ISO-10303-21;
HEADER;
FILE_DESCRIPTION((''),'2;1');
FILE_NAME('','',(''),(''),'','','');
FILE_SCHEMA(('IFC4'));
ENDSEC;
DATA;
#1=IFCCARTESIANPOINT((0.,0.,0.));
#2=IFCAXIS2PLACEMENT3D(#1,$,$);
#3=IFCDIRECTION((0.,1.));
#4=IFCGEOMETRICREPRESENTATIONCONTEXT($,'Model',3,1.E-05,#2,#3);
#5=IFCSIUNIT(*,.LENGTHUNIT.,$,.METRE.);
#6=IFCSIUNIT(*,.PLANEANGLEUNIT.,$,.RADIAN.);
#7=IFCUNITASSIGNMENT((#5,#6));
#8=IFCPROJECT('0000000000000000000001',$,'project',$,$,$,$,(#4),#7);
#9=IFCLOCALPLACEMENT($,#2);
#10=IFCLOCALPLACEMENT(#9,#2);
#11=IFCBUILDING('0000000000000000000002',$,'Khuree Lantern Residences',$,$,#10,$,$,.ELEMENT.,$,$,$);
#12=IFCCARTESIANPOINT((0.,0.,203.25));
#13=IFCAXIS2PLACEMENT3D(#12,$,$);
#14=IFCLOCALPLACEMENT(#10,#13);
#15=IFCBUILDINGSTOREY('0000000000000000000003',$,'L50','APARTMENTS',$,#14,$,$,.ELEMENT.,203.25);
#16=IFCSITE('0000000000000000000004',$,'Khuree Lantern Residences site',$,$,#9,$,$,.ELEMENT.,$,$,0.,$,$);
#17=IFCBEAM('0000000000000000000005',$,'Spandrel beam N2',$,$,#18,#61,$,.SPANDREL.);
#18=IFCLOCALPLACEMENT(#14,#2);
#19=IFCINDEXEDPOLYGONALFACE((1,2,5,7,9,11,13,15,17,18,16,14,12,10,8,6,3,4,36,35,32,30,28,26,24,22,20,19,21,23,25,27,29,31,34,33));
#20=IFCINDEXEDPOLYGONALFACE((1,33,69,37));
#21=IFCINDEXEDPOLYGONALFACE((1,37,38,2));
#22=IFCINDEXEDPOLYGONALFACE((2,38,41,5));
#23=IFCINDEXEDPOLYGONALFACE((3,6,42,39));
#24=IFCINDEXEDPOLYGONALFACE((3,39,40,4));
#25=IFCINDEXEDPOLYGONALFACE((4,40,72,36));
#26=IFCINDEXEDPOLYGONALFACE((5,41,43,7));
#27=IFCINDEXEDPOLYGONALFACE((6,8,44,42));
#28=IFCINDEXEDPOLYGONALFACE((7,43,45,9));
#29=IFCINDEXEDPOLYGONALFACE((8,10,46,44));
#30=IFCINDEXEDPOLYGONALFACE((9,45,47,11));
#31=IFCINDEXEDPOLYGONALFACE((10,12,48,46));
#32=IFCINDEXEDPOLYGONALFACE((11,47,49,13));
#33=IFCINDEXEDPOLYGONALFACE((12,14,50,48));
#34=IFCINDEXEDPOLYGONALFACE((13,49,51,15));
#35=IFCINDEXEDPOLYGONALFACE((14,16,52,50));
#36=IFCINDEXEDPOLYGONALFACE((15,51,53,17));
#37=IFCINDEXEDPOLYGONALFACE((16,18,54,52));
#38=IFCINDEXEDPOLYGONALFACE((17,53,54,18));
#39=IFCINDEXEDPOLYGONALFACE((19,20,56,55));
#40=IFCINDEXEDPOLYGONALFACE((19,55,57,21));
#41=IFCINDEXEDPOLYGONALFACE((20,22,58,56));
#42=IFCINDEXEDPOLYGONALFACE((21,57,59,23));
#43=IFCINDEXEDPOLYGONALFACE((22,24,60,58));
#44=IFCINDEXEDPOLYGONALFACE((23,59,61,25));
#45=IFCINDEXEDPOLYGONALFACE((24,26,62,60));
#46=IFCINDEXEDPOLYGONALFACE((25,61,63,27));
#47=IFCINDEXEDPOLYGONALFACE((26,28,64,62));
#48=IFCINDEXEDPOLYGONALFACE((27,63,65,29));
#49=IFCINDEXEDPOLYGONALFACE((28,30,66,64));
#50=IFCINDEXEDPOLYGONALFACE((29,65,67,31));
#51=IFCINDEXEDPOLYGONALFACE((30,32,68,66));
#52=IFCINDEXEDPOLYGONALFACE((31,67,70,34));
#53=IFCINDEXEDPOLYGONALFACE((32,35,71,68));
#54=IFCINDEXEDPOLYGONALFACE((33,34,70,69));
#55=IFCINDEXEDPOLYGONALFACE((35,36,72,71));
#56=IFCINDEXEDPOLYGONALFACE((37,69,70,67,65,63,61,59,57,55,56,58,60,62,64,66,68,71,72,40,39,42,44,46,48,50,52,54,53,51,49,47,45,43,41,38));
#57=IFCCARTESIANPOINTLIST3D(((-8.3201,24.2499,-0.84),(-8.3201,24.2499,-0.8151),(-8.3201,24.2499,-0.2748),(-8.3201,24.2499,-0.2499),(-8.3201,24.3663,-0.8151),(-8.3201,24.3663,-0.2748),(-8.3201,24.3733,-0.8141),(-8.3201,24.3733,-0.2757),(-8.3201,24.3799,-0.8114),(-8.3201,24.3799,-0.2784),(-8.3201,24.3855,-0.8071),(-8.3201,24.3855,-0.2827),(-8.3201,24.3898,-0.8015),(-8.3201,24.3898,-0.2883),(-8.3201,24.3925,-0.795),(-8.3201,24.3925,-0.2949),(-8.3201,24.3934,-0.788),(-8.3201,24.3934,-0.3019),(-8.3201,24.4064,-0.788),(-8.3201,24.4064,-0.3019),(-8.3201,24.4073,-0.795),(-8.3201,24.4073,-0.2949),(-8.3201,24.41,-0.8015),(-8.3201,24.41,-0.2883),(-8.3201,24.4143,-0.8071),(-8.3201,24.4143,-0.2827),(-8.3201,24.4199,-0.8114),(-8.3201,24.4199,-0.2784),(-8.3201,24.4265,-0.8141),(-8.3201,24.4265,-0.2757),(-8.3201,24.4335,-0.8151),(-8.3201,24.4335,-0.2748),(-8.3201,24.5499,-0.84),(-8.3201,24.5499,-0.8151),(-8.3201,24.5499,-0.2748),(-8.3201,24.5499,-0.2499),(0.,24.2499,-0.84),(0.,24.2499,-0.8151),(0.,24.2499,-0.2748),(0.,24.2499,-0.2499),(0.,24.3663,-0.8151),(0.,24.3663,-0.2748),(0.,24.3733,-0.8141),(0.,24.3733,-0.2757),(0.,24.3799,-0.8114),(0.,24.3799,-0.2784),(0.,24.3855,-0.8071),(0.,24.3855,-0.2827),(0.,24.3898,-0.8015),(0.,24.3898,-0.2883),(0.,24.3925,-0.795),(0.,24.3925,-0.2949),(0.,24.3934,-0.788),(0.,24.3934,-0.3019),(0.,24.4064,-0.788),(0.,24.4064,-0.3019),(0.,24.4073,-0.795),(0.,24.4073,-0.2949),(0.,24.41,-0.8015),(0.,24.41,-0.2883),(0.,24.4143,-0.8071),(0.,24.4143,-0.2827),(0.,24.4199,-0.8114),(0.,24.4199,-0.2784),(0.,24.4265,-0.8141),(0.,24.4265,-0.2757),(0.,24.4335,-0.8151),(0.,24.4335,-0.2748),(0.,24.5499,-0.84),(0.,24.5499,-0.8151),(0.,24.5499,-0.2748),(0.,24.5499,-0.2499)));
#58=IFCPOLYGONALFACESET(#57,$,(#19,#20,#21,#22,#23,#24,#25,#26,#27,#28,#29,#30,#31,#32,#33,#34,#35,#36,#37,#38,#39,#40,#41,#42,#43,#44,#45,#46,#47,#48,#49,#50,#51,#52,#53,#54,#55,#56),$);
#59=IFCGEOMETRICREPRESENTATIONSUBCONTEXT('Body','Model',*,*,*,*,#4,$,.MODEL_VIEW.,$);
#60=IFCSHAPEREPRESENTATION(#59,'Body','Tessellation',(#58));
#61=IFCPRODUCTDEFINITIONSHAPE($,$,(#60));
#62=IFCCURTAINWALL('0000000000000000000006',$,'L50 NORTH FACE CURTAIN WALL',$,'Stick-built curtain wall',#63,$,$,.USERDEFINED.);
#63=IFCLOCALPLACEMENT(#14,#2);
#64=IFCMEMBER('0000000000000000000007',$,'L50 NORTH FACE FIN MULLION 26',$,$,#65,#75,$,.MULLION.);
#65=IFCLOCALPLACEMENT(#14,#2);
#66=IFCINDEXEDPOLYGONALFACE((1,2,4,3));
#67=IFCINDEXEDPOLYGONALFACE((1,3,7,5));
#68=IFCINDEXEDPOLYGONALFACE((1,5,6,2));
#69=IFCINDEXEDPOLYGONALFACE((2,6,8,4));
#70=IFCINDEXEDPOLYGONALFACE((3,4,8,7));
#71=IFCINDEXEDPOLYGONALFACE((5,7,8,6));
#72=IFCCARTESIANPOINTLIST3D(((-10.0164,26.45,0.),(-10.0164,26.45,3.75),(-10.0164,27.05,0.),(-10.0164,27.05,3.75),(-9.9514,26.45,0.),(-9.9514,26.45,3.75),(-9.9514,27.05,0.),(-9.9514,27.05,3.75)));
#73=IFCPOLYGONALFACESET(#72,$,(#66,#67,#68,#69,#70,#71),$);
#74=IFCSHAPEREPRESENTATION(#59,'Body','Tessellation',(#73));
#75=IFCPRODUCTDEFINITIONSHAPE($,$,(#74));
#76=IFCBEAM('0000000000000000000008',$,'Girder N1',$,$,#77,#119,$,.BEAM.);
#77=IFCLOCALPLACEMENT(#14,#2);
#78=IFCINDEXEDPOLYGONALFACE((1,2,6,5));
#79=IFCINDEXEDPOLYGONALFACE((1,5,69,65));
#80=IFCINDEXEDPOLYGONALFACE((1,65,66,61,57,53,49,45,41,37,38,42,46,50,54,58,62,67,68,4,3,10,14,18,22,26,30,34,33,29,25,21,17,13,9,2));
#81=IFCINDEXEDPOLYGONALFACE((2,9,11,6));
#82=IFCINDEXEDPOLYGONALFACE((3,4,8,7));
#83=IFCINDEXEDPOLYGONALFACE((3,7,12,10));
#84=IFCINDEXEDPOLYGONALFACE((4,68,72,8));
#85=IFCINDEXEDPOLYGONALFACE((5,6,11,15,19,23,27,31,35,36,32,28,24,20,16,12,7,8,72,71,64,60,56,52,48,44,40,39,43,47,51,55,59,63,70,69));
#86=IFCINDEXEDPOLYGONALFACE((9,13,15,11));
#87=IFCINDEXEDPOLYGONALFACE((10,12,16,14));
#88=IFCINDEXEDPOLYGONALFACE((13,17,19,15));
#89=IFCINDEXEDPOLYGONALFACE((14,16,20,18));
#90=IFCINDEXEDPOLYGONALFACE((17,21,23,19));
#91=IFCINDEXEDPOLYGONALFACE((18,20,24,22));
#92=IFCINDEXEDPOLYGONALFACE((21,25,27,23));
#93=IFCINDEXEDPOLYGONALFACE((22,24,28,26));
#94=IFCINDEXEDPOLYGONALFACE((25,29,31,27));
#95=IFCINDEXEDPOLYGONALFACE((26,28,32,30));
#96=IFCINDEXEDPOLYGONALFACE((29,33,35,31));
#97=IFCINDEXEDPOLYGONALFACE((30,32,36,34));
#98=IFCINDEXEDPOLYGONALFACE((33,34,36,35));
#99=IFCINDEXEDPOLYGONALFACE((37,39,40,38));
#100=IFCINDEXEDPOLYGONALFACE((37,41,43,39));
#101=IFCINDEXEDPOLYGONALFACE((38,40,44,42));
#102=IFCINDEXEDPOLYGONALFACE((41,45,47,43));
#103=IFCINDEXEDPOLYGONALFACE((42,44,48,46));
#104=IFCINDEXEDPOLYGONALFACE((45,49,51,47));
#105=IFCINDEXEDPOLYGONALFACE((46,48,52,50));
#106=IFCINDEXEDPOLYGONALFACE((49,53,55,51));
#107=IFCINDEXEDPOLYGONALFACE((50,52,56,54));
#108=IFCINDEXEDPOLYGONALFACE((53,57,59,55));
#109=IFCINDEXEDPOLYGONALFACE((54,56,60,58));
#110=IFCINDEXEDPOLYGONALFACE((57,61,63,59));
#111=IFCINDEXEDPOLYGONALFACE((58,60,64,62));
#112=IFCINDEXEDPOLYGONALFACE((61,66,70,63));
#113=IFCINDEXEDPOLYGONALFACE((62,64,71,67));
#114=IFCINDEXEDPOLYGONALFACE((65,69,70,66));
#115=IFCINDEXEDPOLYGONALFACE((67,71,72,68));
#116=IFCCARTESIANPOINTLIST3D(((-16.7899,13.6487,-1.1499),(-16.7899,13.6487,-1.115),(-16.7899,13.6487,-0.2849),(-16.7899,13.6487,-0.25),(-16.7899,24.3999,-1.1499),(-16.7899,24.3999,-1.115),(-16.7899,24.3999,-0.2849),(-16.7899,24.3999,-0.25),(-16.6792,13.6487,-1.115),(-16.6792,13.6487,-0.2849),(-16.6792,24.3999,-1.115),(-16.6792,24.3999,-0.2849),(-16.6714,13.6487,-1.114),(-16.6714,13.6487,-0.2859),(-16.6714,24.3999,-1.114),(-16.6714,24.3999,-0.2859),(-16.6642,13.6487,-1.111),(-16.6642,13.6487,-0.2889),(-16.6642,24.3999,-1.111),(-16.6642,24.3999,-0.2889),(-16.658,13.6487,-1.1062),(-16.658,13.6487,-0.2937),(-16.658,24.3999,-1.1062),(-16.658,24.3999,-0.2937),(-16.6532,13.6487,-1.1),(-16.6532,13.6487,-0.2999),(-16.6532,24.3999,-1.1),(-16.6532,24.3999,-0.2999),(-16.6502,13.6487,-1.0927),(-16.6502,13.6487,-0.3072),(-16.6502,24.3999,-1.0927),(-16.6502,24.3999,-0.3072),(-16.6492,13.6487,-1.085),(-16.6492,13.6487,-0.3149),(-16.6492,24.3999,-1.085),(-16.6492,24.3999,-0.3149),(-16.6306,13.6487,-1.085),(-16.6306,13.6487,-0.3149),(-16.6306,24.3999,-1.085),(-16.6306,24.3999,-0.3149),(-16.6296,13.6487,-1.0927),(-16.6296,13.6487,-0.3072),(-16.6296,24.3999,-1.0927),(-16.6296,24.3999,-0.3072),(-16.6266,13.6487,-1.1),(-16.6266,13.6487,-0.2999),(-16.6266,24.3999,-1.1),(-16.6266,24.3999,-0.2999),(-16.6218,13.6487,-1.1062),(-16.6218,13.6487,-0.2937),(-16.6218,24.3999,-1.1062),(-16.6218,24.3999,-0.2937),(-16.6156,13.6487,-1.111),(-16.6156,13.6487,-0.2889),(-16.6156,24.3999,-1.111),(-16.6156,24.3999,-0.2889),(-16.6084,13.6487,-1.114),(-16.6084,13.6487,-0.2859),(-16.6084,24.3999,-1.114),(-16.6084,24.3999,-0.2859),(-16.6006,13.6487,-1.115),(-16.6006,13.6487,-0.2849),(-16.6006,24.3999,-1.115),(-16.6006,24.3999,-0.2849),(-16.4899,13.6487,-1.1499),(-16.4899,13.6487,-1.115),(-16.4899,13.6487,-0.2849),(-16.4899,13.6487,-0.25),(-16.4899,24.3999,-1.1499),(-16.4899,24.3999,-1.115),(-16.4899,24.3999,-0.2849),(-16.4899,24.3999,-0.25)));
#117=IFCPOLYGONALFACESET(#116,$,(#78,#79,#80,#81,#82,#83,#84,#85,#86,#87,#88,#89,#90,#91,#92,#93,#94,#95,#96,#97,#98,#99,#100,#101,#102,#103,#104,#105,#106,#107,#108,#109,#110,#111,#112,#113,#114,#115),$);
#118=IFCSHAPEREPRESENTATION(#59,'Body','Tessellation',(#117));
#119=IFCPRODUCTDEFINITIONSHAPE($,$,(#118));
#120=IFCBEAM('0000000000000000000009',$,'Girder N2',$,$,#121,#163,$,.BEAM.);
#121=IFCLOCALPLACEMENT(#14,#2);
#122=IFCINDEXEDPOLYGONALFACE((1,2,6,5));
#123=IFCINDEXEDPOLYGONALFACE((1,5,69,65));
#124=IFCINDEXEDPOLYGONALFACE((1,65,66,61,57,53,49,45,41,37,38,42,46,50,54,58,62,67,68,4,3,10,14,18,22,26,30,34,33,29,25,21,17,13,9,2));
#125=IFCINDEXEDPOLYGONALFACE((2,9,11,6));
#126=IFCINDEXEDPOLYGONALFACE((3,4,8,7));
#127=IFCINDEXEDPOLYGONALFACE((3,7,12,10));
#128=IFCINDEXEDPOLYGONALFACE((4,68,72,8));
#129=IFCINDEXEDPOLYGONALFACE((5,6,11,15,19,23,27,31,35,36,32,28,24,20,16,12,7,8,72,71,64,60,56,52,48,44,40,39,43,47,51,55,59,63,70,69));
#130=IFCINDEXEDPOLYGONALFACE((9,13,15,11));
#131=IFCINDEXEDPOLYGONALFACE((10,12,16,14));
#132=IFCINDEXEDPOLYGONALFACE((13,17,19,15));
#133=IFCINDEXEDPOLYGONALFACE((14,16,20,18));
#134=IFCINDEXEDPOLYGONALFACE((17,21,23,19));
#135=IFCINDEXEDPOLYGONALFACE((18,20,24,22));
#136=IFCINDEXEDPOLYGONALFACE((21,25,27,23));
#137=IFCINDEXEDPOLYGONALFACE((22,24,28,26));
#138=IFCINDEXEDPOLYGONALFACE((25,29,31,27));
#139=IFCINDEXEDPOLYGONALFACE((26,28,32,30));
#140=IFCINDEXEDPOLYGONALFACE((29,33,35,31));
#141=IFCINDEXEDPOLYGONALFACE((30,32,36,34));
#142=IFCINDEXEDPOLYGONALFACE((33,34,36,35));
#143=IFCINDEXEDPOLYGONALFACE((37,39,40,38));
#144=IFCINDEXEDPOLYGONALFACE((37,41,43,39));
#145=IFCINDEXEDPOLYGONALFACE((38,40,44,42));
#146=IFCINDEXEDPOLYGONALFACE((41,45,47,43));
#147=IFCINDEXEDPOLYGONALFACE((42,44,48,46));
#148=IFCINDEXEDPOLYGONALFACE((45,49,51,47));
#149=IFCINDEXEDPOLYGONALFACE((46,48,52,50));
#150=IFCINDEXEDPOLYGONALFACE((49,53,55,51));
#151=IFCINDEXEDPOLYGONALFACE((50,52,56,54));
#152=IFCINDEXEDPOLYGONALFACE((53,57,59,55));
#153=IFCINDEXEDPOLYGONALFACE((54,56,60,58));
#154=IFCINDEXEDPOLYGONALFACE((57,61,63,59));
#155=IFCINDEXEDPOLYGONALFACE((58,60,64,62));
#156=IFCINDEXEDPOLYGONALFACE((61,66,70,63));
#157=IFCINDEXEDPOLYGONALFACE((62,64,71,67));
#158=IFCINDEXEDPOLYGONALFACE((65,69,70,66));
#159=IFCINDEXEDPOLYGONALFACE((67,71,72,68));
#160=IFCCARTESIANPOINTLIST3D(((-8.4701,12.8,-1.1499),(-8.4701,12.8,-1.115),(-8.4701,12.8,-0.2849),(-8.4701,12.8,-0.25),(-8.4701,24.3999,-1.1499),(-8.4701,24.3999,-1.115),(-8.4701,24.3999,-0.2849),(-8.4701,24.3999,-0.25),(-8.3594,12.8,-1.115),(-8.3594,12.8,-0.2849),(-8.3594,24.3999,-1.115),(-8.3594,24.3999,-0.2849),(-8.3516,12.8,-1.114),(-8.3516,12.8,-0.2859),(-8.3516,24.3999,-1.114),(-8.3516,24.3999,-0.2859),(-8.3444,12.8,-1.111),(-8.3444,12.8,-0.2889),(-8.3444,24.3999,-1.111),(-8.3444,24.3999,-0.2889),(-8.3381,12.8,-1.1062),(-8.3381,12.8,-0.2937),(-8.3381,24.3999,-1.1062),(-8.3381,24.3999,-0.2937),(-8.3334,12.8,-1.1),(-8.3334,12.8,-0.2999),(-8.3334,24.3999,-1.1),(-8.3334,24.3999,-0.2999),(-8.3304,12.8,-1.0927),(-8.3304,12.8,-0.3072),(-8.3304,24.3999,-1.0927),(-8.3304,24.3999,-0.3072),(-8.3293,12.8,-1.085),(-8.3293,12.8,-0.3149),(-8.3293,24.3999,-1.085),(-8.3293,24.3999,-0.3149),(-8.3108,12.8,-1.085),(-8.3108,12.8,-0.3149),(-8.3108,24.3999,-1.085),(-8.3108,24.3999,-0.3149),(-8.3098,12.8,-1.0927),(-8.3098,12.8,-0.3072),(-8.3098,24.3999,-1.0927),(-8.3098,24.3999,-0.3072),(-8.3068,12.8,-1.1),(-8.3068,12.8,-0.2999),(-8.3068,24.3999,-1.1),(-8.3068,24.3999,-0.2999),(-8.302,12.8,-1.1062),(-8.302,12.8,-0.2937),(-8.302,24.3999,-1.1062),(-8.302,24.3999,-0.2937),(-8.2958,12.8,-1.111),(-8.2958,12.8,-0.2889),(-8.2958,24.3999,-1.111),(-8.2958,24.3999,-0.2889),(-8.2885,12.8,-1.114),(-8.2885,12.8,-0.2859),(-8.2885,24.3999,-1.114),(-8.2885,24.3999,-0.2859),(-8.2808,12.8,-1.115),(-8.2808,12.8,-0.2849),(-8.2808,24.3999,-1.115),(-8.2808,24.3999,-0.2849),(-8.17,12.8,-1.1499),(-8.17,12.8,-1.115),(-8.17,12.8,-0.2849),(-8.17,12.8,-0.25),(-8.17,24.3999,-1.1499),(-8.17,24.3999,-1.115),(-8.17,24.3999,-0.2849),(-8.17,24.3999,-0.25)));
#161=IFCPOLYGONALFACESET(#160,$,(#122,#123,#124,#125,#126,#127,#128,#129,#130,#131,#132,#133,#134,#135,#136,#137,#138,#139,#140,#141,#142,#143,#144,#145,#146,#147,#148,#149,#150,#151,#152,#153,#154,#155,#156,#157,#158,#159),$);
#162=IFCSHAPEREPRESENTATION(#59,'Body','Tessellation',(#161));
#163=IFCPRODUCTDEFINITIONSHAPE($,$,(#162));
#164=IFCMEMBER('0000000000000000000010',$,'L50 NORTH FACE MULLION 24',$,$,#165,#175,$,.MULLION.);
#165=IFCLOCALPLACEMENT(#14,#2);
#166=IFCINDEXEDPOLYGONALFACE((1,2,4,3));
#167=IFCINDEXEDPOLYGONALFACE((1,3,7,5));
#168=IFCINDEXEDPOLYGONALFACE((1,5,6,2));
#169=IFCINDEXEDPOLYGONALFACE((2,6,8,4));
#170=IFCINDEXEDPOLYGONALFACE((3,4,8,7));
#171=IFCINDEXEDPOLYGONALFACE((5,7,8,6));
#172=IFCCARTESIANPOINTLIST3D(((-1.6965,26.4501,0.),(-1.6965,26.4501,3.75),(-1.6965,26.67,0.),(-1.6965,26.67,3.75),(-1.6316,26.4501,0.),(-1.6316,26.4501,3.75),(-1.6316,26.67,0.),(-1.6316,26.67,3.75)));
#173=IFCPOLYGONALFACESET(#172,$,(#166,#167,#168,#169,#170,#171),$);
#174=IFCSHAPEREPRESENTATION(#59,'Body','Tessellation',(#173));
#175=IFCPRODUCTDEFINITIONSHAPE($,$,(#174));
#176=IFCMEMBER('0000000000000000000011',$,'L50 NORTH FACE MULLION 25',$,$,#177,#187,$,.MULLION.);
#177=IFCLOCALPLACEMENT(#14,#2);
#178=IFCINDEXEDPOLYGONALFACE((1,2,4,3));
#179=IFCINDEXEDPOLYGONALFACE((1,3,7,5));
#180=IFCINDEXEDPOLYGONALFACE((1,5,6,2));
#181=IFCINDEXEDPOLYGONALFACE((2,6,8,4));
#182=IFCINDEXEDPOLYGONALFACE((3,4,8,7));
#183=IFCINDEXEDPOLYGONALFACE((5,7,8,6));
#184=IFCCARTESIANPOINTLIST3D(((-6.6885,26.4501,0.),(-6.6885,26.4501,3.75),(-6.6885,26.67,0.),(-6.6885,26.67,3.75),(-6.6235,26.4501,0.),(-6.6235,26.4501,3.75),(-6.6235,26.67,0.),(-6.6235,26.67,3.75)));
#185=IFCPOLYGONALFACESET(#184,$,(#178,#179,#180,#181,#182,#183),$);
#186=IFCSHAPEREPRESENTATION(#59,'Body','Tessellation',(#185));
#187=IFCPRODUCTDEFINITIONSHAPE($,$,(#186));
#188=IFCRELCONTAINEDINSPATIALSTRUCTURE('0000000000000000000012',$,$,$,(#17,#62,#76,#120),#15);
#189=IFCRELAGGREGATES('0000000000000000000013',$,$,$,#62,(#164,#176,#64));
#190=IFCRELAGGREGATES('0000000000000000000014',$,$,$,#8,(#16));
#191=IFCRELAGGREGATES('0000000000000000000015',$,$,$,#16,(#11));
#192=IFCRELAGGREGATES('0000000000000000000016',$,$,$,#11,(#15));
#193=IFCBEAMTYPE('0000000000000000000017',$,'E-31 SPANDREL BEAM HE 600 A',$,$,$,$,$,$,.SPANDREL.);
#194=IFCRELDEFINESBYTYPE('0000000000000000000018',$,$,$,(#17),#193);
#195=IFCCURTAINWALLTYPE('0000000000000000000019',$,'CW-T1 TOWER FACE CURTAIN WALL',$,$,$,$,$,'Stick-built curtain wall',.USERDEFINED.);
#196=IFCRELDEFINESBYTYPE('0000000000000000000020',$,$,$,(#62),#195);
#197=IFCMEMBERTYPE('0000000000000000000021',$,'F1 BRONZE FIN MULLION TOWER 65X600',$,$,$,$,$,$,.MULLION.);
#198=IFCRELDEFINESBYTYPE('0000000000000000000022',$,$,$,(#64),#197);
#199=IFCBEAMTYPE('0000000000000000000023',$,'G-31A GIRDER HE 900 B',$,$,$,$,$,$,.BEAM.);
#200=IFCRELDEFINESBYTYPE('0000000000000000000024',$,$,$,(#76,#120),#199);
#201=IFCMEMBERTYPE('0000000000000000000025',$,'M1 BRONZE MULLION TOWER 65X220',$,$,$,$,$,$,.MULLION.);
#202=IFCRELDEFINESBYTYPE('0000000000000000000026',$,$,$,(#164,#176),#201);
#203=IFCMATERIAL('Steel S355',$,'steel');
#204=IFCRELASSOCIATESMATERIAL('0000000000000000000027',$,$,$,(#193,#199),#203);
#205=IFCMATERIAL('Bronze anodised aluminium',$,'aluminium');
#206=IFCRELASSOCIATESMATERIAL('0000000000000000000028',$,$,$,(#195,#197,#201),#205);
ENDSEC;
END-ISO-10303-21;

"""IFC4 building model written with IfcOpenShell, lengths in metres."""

from ifc_helpers import new_model, si_unit, direction, frame, origin, origin_2d, place, context, subcontext, project, spatial, rectangle, i_section, extrude, material, material_profile, profile_set, type_object, element, aggregate, save


model = new_model("IFC4")

# Units and contexts
model_context = context("Model", 3, precision=1e-05, world=origin(), true_north=direction((0.0, 1.0)))
body_context = subcontext(model_context, "Body", "Model", "MODEL_VIEW")
ifc_project = project(units=[si_unit("LENGTHUNIT", "METRE"), si_unit("PLANEANGLEUNIT", "RADIAN")], contexts=[model_context])

# Site, building, storey
site_placement = place(None, origin())
site = spatial("IfcSite", under=ifc_project, at=site_placement, Name="Khuree Lantern Residences site", CompositionType="ELEMENT", RefElevation=0.0)
building_placement = place(site_placement, origin())
building = spatial("IfcBuilding", under=site, at=building_placement, Name="Khuree Lantern Residences", CompositionType="ELEMENT")
storey_placement = place(building_placement, frame((0.0, 0.0, 203.25)))
storey = spatial("IfcBuildingStorey", under=building, at=storey_placement, Name="L50", Description="APARTMENTS", CompositionType="ELEMENT", Elevation=203.25)

# Beam
ifc_material_1 = material(Name="Steel S355", Category="steel")
ifc_material_profile_1 = material_profile(ifc_material_1, i_section(OverallWidth=0.3, OverallDepth=0.5901, WebThickness=0.0129, FlangeThickness=0.0249, FilletRadius=0.0271, at=origin_2d()), Name="HE 600 A")
ifc_profile_set_1 = profile_set([ifc_material_profile_1], Name="Steel S355")
beam_type_1 = type_object("IfcBeamType", Name="E-31 SPANDREL BEAM HE 600 A", PredefinedType="SPANDREL", material=ifc_profile_set_1)
beam_1_placement = place(storey_placement, frame((-8.3201, 24.3999, -0.5449), z_axis=(1.0, 0.0, 0.0), x_axis=(0.0, 1.0, 0.0)))
element("IfcBeam", 1, at=beam_1_placement, inside=storey, type_object=beam_type_1, Name="Spandrel beam N2", PredefinedType="SPANDREL", context=body_context, shape_type="SweptSolid", body=[
    extrude(i_section(OverallWidth=0.3, OverallDepth=0.5901, WebThickness=0.0129, FlangeThickness=0.0249, FilletRadius=0.0271, at=origin_2d()), origin(), (0.0, 0.0, 1.0), 8.3201),
])

# Curtain wall, member
ifc_material_2 = material(Name="Bronze anodised aluminium", Category="aluminium")
curtain_wall_type = type_object("IfcCurtainWallType", Name="CW-T1 TOWER FACE CURTAIN WALL", ElementType="Stick-built curtain wall", PredefinedType="USERDEFINED", material=ifc_material_2)
curtain_wall_placement = place(storey_placement, origin())
curtain_wall = element("IfcCurtainWall", 2, at=curtain_wall_placement, inside=storey, type_object=curtain_wall_type, Name="L50 NORTH FACE CURTAIN WALL", ObjectType="Stick-built curtain wall", PredefinedType="USERDEFINED")
ifc_material_profile_2 = material_profile(ifc_material_2, rectangle(XDim=0.0649, YDim=0.6001, at=origin_2d()), Name="F1 65X600")
ifc_profile_set_2 = profile_set([ifc_material_profile_2], Name="Bronze anodised aluminium")
member_type_1 = type_object("IfcMemberType", Name="F1 BRONZE FIN MULLION TOWER 65X600", PredefinedType="MULLION", material=ifc_profile_set_2)
member_1_placement = place(storey_placement, frame((-9.9839, 26.75, 0.0), z_axis=(0.0, 0.0, 1.0), x_axis=(-1.0, 0.0, 0.0)))
member_1 = element("IfcMember", 3, at=member_1_placement, type_object=member_type_1, Name="L50 NORTH FACE FIN MULLION 26", PredefinedType="MULLION", context=body_context, shape_type="SweptSolid", body=[
    extrude(rectangle(XDim=0.0649, YDim=0.6001, at=origin_2d()), origin(), (0.0, 0.0, 1.0), 3.75),
])

# Beams
ifc_material_profile_3 = material_profile(ifc_material_1, i_section(OverallWidth=0.3, OverallDepth=0.8999, WebThickness=0.0186, FlangeThickness=0.0349, FilletRadius=0.03, at=origin_2d()), Name="HE 900 B")
ifc_profile_set_3 = profile_set([ifc_material_profile_3], Name="Steel S355")
beam_type_2 = type_object("IfcBeamType", Name="G-31A GIRDER HE 900 B", PredefinedType="BEAM", material=ifc_profile_set_3)
beam_2_placement = place(storey_placement, frame((-16.6399, 24.3999, -0.7), z_axis=(0.0, -1.0, 0.0), x_axis=(1.0, 0.0, 0.0)))
element("IfcBeam", 4, at=beam_2_placement, inside=storey, type_object=beam_type_2, Name="Girder N1", PredefinedType="BEAM", context=body_context, shape_type="SweptSolid", body=[
    extrude(i_section(OverallWidth=0.3, OverallDepth=0.8999, WebThickness=0.0186, FlangeThickness=0.0349, FilletRadius=0.03, at=origin_2d()), origin(), (0.0, 0.0, 1.0), 10.7512),
])
beam_3_placement = place(storey_placement, frame((-8.3201, 24.3999, -0.7), z_axis=(0.0, -1.0, 0.0), x_axis=(1.0, 0.0, 0.0)))
element("IfcBeam", 5, at=beam_3_placement, inside=storey, type_object=beam_type_2, Name="Girder N2", PredefinedType="BEAM", context=body_context, shape_type="SweptSolid", body=[
    extrude(i_section(OverallWidth=0.3, OverallDepth=0.8999, WebThickness=0.0186, FlangeThickness=0.0349, FilletRadius=0.03, at=origin_2d()), origin(), (0.0, 0.0, 1.0), 11.5999),
])

# Members
ifc_material_profile_4 = material_profile(ifc_material_2, rectangle(XDim=0.0649, YDim=0.22, at=origin_2d()), Name="M1 65X220")
ifc_profile_set_4 = profile_set([ifc_material_profile_4], Name="Bronze anodised aluminium")
member_type_2 = type_object("IfcMemberType", Name="M1 BRONZE MULLION TOWER 65X220", PredefinedType="MULLION", material=ifc_profile_set_4)
member_2_placement = place(storey_placement, frame((-1.6641, 26.5601, 0.0), z_axis=(0.0, 0.0, 1.0), x_axis=(-1.0, 0.0, 0.0)))
member_2 = element("IfcMember", 6, at=member_2_placement, type_object=member_type_2, Name="L50 NORTH FACE MULLION 24", PredefinedType="MULLION", context=body_context, shape_type="SweptSolid", body=[
    extrude(rectangle(XDim=0.0649, YDim=0.22, at=origin_2d()), origin(), (0.0, 0.0, 1.0), 3.75),
])
member_3_placement = place(storey_placement, frame((-6.656, 26.5601, 0.0), z_axis=(0.0, 0.0, 1.0), x_axis=(-1.0, 0.0, 0.0)))
member_3 = element("IfcMember", 7, at=member_3_placement, type_object=member_type_2, Name="L50 NORTH FACE MULLION 25", PredefinedType="MULLION", context=body_context, shape_type="SweptSolid", body=[
    extrude(rectangle(XDim=0.0649, YDim=0.22, at=origin_2d()), origin(), (0.0, 0.0, 1.0), 3.75),
])

aggregate(curtain_wall, [member_2, member_3, member_1])

save(model, "model.ifc")
